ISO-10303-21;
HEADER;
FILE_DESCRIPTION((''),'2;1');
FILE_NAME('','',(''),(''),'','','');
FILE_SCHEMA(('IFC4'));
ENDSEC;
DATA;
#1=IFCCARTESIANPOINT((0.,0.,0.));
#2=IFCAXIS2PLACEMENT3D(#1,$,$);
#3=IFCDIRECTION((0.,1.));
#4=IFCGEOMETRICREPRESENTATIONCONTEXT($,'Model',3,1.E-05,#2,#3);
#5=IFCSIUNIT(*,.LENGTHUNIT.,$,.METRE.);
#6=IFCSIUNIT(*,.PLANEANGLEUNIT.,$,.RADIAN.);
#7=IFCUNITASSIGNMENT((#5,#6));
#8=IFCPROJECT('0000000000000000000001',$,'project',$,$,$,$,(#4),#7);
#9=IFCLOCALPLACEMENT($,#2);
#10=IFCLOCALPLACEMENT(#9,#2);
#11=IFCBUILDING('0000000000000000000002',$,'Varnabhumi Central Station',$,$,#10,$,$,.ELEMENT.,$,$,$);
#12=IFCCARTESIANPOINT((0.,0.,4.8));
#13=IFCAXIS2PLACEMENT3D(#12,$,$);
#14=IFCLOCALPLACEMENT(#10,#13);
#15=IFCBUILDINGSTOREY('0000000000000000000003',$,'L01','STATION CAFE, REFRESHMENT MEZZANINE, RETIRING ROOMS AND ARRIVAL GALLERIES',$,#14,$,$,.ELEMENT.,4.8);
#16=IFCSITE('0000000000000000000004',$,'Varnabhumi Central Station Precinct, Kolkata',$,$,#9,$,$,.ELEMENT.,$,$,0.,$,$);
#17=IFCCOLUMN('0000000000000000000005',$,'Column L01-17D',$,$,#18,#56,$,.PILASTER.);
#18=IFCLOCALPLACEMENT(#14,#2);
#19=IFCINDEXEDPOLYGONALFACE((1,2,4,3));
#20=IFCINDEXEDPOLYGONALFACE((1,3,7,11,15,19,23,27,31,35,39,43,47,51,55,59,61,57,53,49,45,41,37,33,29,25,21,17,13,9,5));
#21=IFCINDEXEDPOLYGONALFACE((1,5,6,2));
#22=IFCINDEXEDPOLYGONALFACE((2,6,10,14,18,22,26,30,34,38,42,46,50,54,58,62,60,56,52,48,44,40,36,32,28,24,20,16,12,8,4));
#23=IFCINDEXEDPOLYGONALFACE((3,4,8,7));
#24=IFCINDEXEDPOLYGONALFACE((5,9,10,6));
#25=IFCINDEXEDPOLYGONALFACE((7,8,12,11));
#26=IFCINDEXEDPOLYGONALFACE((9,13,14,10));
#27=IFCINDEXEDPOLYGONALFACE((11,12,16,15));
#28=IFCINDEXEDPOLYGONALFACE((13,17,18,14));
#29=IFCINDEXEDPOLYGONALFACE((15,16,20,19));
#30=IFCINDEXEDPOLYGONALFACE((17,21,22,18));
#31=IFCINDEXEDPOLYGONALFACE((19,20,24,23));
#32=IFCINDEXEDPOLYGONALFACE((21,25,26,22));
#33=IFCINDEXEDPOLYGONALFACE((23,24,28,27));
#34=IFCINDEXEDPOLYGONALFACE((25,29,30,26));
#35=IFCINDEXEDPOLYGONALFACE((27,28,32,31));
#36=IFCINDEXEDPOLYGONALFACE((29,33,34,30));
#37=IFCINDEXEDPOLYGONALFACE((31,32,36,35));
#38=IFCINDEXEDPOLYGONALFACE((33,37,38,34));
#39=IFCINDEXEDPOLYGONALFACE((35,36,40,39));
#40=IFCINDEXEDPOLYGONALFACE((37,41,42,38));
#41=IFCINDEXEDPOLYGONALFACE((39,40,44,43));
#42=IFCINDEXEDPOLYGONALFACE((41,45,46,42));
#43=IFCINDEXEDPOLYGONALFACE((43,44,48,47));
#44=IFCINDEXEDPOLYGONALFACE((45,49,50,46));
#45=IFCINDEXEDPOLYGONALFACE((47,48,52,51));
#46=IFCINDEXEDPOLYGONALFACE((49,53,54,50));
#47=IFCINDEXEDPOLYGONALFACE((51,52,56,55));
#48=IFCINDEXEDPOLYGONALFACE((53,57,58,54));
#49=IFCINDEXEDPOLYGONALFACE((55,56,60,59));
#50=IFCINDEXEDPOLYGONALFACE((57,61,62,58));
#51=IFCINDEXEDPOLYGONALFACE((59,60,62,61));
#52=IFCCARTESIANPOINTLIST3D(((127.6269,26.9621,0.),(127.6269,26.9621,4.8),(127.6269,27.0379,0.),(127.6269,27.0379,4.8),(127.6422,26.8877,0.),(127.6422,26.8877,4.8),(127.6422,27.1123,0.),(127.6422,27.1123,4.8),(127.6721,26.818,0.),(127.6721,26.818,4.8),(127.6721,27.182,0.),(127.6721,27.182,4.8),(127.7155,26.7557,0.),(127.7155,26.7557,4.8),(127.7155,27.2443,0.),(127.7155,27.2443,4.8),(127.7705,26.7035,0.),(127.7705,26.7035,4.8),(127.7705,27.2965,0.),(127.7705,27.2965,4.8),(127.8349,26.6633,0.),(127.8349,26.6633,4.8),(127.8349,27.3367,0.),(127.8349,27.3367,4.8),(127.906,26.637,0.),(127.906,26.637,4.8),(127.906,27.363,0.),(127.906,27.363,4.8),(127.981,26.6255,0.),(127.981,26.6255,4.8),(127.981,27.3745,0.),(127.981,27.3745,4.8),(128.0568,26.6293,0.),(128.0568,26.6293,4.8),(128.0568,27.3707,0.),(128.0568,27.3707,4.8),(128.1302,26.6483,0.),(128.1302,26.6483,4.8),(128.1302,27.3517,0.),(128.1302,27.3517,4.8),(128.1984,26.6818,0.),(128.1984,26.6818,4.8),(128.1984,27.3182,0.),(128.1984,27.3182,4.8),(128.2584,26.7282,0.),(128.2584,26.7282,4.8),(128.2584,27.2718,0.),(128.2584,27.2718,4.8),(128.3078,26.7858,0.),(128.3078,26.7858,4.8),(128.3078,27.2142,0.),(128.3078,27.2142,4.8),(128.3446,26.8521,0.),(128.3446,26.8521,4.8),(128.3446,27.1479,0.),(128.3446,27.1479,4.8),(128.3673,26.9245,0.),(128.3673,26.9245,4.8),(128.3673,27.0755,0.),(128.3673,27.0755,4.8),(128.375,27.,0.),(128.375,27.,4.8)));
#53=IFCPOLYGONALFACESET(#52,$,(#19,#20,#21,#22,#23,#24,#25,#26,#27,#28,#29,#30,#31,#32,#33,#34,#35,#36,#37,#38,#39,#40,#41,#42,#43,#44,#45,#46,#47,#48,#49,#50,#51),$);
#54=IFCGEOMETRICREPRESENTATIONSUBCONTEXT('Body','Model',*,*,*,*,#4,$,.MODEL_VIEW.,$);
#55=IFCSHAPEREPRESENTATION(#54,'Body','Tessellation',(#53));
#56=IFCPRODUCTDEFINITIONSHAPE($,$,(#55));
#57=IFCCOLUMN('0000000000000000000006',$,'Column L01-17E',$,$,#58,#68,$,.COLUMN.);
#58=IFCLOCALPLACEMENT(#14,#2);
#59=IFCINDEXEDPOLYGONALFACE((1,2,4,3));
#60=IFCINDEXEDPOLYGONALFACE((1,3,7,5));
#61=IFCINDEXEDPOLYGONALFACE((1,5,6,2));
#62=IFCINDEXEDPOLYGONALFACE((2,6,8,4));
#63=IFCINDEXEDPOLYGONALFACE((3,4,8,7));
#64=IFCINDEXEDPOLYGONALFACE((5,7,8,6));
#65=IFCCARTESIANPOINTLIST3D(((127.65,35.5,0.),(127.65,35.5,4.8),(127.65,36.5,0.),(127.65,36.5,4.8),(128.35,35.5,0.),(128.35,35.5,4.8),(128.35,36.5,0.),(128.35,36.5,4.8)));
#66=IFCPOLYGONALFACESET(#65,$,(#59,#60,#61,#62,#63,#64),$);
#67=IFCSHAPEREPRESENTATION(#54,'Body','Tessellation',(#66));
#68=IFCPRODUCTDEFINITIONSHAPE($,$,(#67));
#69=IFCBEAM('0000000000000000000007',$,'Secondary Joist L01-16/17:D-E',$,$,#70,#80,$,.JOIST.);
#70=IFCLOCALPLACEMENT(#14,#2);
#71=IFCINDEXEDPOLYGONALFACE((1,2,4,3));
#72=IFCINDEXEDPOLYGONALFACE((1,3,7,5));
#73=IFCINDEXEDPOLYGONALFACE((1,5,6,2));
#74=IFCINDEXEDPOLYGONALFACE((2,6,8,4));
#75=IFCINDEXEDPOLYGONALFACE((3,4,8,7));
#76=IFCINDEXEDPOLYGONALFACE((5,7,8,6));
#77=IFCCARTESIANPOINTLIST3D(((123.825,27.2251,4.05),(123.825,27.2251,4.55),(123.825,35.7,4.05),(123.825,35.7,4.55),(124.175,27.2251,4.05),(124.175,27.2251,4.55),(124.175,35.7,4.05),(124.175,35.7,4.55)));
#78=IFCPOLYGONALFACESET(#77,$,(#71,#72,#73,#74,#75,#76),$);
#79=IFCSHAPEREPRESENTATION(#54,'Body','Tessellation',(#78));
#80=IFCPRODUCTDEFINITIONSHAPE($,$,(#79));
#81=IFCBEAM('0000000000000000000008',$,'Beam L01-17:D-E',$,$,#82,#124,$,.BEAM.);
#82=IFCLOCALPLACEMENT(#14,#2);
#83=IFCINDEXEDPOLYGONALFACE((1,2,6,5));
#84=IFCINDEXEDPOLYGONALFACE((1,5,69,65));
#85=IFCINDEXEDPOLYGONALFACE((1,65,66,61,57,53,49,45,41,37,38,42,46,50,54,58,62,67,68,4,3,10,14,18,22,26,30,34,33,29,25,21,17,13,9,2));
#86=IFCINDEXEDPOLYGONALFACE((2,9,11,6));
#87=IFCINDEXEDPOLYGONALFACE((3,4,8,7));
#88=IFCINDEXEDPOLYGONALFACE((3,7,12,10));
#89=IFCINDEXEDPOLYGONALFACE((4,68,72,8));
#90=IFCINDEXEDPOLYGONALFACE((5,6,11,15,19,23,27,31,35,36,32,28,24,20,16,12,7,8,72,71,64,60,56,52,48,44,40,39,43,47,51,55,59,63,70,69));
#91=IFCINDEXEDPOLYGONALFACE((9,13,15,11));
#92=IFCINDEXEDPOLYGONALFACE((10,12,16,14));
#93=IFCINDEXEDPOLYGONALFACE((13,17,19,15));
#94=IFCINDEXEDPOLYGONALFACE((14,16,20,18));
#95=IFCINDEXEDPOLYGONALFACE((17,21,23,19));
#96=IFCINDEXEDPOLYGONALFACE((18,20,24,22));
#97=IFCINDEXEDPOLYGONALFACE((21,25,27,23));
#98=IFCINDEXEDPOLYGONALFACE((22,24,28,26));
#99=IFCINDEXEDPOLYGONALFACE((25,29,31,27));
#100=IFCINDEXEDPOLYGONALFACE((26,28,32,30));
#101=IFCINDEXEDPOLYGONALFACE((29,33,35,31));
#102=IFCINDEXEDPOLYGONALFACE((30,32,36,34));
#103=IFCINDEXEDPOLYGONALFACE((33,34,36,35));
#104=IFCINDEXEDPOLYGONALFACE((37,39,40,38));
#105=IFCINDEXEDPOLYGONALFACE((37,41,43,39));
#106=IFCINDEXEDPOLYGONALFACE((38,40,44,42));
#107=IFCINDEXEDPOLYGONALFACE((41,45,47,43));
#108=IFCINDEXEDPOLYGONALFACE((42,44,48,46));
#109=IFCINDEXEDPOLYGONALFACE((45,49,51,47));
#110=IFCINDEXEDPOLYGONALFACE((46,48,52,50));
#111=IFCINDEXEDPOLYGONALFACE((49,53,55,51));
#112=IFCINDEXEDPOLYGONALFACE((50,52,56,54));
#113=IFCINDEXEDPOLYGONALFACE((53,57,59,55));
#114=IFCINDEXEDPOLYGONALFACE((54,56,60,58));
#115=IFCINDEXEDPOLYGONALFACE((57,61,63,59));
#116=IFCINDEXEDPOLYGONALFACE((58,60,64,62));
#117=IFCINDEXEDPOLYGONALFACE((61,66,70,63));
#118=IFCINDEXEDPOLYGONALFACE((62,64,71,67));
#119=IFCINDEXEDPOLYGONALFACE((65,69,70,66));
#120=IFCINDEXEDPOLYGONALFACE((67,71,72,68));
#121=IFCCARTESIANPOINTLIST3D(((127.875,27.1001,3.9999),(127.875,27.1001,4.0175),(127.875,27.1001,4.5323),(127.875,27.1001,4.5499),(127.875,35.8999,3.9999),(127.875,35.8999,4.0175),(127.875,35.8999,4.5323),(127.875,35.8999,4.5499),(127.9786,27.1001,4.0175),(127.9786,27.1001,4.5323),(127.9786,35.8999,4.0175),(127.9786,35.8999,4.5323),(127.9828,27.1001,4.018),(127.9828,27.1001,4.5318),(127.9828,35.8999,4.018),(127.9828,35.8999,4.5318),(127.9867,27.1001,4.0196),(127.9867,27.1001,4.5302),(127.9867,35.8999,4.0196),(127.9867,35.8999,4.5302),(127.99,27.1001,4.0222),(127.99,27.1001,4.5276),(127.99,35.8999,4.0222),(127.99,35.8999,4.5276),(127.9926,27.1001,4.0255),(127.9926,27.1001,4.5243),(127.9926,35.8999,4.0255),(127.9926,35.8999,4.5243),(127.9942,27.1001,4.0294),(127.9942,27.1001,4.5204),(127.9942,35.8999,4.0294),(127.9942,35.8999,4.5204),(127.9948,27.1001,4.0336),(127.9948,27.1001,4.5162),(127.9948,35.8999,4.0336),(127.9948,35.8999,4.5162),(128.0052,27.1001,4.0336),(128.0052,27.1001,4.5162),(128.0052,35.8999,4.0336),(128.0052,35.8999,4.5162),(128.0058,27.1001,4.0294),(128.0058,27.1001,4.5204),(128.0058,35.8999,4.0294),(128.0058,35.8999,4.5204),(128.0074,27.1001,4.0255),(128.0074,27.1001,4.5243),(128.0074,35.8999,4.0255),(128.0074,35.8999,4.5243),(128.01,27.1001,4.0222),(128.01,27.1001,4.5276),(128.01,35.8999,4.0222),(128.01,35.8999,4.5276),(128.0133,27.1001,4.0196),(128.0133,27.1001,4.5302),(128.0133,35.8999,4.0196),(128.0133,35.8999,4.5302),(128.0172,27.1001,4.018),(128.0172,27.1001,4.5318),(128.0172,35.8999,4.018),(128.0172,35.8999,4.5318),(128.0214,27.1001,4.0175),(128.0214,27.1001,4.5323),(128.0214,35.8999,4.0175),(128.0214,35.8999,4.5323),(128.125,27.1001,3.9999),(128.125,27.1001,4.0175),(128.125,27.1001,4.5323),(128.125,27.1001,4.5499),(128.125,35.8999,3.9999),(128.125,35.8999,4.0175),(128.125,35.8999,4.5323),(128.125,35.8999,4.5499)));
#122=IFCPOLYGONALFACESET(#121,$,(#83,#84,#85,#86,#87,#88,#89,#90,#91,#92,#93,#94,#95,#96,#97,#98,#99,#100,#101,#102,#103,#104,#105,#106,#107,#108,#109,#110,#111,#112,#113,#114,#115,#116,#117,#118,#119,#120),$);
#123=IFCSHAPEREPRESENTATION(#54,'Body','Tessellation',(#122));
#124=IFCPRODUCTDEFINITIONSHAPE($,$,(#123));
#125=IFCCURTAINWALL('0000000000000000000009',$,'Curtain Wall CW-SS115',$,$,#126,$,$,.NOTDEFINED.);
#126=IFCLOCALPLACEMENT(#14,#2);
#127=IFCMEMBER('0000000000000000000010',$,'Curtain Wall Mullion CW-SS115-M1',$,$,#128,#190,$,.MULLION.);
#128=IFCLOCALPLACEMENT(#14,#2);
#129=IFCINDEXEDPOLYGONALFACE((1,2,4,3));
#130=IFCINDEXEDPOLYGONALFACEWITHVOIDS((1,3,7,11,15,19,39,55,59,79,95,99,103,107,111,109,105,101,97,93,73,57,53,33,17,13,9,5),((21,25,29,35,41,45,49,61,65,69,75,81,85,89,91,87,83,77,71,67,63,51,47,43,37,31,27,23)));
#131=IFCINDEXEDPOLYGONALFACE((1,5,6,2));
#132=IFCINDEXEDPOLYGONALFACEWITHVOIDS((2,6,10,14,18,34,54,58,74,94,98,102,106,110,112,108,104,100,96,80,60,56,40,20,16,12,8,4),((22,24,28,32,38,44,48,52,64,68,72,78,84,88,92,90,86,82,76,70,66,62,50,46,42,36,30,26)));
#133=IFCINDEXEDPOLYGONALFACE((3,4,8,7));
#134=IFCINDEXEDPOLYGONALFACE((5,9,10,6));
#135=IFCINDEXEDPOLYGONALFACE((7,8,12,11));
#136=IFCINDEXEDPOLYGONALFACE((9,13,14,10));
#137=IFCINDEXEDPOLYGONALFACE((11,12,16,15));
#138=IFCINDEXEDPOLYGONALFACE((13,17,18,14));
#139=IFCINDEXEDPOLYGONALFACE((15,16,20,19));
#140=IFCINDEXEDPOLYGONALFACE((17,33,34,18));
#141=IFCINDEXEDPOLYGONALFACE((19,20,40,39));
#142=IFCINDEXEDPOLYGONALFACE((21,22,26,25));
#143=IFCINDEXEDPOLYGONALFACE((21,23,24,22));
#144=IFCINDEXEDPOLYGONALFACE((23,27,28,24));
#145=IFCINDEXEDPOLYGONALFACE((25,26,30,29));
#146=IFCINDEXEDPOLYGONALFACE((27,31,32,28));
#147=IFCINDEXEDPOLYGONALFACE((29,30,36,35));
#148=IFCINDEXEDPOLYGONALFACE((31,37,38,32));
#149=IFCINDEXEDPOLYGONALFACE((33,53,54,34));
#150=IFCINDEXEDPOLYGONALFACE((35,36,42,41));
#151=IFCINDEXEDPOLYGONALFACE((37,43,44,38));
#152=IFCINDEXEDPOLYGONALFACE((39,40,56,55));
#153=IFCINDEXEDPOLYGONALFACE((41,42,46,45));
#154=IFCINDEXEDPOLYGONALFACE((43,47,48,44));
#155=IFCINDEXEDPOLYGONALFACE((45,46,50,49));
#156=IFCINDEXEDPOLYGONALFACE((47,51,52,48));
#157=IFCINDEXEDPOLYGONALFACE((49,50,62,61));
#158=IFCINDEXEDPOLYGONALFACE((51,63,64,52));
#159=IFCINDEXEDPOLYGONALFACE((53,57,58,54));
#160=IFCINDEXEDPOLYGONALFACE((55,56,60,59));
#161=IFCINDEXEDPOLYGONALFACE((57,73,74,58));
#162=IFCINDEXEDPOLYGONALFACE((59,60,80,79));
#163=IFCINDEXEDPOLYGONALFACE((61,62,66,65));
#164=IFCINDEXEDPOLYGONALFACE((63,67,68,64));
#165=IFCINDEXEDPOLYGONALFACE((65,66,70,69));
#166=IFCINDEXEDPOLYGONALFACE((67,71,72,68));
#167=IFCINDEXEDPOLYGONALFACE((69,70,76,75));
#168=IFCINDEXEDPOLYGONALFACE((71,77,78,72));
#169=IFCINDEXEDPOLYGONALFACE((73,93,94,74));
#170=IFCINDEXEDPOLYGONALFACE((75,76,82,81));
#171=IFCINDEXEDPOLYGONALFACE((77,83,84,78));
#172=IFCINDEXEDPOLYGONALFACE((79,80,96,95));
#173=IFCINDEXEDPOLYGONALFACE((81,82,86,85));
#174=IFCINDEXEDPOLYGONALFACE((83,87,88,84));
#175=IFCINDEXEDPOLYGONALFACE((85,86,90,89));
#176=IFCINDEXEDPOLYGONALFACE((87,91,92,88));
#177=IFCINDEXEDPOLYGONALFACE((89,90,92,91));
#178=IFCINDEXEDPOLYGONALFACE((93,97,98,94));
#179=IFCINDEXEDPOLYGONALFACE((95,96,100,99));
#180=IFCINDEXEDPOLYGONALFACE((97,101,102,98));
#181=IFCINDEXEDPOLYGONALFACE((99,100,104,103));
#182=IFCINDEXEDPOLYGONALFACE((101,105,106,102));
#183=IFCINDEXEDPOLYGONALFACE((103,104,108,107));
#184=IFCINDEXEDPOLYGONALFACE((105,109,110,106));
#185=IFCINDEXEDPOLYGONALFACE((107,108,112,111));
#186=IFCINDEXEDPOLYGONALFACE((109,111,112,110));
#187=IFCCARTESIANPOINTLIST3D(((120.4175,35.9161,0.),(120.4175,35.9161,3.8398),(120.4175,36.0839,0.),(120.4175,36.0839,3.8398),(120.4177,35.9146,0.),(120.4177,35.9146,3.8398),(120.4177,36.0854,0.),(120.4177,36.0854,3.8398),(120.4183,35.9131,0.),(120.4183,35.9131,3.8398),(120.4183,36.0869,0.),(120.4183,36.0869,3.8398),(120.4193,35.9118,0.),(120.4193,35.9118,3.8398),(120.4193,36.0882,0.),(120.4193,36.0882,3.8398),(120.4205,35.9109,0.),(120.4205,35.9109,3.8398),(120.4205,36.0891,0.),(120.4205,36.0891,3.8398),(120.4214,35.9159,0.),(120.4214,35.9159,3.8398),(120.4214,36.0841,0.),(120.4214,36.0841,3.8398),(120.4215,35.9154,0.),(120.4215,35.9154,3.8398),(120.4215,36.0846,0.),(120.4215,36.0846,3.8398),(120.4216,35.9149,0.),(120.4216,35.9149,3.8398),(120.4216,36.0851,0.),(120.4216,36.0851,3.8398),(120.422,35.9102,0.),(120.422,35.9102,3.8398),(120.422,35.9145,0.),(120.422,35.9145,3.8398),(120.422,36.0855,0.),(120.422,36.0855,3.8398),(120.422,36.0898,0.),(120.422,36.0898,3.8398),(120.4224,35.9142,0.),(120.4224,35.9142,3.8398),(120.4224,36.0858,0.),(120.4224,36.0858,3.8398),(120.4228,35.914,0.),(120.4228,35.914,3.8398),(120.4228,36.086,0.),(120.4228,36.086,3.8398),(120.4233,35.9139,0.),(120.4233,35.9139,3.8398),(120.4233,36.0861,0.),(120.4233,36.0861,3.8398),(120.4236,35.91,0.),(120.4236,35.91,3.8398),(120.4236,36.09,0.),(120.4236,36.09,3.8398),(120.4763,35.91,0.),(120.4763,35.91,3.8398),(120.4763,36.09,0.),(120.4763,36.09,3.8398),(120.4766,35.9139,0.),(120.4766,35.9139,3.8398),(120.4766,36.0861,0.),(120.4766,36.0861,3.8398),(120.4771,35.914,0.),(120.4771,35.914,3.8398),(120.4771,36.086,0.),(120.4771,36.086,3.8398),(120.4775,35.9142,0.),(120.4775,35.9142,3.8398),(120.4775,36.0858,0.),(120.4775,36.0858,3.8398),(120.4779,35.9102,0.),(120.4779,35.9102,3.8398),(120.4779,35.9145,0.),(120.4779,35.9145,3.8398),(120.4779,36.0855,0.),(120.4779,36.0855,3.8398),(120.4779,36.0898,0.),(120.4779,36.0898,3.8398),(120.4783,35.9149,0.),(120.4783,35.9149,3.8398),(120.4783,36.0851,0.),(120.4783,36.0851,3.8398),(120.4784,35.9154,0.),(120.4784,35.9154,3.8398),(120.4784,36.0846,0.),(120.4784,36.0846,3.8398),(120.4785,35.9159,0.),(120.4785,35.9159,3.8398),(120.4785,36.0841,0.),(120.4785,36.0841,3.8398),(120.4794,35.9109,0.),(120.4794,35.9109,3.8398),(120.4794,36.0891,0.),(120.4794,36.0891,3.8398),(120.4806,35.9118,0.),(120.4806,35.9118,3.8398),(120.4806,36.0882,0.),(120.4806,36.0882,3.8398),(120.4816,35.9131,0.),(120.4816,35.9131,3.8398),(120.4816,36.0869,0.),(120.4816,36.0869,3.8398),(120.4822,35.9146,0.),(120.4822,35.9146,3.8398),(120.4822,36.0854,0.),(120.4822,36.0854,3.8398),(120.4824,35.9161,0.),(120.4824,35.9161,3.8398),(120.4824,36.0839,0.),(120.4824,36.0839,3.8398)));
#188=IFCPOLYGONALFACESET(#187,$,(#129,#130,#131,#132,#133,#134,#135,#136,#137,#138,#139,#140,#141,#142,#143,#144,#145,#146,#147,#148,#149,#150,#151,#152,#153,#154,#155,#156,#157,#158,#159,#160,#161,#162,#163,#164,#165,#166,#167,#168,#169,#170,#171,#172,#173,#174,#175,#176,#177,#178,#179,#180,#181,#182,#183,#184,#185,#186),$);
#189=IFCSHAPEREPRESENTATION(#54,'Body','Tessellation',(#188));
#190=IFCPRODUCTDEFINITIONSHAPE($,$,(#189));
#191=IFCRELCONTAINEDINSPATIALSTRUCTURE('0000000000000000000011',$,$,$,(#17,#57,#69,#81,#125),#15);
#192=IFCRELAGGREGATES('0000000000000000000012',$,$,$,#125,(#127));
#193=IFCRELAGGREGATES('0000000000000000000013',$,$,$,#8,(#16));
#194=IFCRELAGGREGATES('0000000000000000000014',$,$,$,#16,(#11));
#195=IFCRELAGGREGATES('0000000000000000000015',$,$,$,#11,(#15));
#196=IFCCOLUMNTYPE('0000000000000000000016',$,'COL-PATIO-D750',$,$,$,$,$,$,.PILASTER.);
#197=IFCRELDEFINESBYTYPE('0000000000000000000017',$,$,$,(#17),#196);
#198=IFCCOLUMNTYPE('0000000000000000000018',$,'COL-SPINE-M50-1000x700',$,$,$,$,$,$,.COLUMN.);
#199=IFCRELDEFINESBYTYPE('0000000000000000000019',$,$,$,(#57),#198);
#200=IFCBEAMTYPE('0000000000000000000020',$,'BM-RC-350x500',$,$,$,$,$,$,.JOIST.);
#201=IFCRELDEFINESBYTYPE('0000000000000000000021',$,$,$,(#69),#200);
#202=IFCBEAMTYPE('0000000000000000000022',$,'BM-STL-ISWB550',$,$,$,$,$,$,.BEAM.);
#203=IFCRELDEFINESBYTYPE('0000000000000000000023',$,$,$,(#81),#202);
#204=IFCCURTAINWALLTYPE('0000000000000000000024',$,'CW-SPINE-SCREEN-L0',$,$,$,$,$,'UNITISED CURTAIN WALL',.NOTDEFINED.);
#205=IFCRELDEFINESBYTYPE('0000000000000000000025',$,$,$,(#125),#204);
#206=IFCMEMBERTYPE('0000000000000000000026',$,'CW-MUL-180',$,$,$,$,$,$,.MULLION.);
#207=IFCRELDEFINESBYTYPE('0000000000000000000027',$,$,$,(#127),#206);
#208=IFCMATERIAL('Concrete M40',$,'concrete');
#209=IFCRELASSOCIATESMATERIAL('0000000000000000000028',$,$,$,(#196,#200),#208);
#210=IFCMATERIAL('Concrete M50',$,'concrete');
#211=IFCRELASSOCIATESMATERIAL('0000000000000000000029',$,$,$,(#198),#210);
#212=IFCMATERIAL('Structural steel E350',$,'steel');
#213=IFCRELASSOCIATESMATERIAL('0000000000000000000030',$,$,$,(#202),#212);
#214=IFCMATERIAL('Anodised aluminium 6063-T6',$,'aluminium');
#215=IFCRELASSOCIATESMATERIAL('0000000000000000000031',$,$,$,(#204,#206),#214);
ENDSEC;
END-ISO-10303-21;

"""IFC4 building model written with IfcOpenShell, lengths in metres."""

from ifc_helpers import new_model, si_unit, direction, frame, origin, origin_2d, place, context, subcontext, project, spatial, rectangle, hollow_rectangle, circle, i_section, extrude, material, material_profile, profile_set, type_object, element, aggregate, save


model = new_model("IFC4")

# Units and contexts
model_context = context("Model", 3, precision=1e-05, world=origin(), true_north=direction((0.0, 1.0)))
body_context = subcontext(model_context, "Body", "Model", "MODEL_VIEW")
ifc_project = project(units=[si_unit("LENGTHUNIT", "METRE"), si_unit("PLANEANGLEUNIT", "RADIAN")], contexts=[model_context])

# Site, building, storey
site_placement = place(None, origin())
site = spatial("IfcSite", under=ifc_project, at=site_placement, Name="Varnabhumi Central Station Precinct, Kolkata", CompositionType="ELEMENT", RefElevation=0.0)
building_placement = place(site_placement, origin())
building = spatial("IfcBuilding", under=site, at=building_placement, Name="Varnabhumi Central Station", CompositionType="ELEMENT")
storey_placement = place(building_placement, frame((0.0, 0.0, 4.8)))
storey = spatial("IfcBuildingStorey", under=building, at=storey_placement, Name="L01", Description="STATION CAFE, REFRESHMENT MEZZANINE, RETIRING ROOMS AND ARRIVAL GALLERIES", CompositionType="ELEMENT", Elevation=4.8)

# Columns
ifc_material_1 = material(Name="Concrete M40", Category="concrete")
ifc_material_profile_1 = material_profile(ifc_material_1, circle(Radius=0.375, at=origin_2d()), Name="Concrete M40", Category="concrete")
ifc_profile_set_1 = profile_set([ifc_material_profile_1], Name="Concrete M40")
column_type_1 = type_object("IfcColumnType", Name="COL-PATIO-D750", PredefinedType="PILASTER", material=ifc_profile_set_1)
column_1_placement = place(storey_placement, frame((128.0, 27.0, 0.0), z_axis=(0.0, 0.0, 1.0), x_axis=(1.0, 0.0, 0.0)))
element("IfcColumn", 1, at=column_1_placement, inside=storey, type_object=column_type_1, Name="Column L01-17D", PredefinedType="PILASTER", context=body_context, shape_type="SweptSolid", body=[
    extrude(circle(Radius=0.375, at=origin_2d()), origin(), (0.0, 0.0, 1.0), 4.8),
])
ifc_material_2 = material(Name="Concrete M50", Category="concrete")
ifc_material_profile_2 = material_profile(ifc_material_2, rectangle(XDim=0.7, YDim=1.0, at=origin_2d()), Name="Concrete M50", Category="concrete")
ifc_profile_set_2 = profile_set([ifc_material_profile_2], Name="Concrete M50")
column_type_2 = type_object("IfcColumnType", Name="COL-SPINE-M50-1000x700", PredefinedType="COLUMN", material=ifc_profile_set_2)
column_2_placement = place(storey_placement, frame((128.0, 36.0, 0.0), z_axis=(0.0, 0.0, 1.0), x_axis=(1.0, 0.0, 0.0)))
element("IfcColumn", 2, at=column_2_placement, inside=storey, type_object=column_type_2, Name="Column L01-17E", PredefinedType="COLUMN", context=body_context, shape_type="SweptSolid", body=[
    extrude(rectangle(XDim=0.7, YDim=1.0, at=origin_2d()), origin(), (0.0, 0.0, 1.0), 4.8),
])

# Beams
ifc_material_profile_3 = material_profile(ifc_material_1, rectangle(XDim=0.3501, YDim=0.5, at=origin_2d()), Name="Concrete M40", Category="concrete")
ifc_profile_set_3 = profile_set([ifc_material_profile_3], Name="Concrete M40")
beam_type_1 = type_object("IfcBeamType", Name="BM-RC-350x500", PredefinedType="JOIST", material=ifc_profile_set_3)
beam_1_placement = place(storey_placement, frame((124.0, 27.2251, 4.3), z_axis=(0.0, 1.0, 0.0), x_axis=(-1.0, 0.0, 0.0)))
element("IfcBeam", 3, at=beam_1_placement, inside=storey, type_object=beam_type_1, Name="Secondary Joist L01-16/17:D-E", PredefinedType="JOIST", context=body_context, shape_type="SweptSolid", body=[
    extrude(rectangle(XDim=0.3501, YDim=0.5, at=origin_2d()), origin(), (0.0, 0.0, 1.0), 8.4749),
])
ifc_material_3 = material(Name="Structural steel E350", Category="steel")
ifc_material_profile_4 = material_profile(ifc_material_3, i_section(OverallWidth=0.25, OverallDepth=0.55, WebThickness=0.0105, FlangeThickness=0.0176, FilletRadius=0.0161, at=origin_2d()), Name="Structural steel E350", Category="steel")
ifc_profile_set_4 = profile_set([ifc_material_profile_4], Name="Structural steel E350")
beam_type_2 = type_object("IfcBeamType", Name="BM-STL-ISWB550", PredefinedType="BEAM", material=ifc_profile_set_4)
beam_2_placement = place(storey_placement, frame((128.0, 27.1001, 4.2749), z_axis=(0.0, 1.0, 0.0), x_axis=(-1.0, 0.0, 0.0)))
element("IfcBeam", 4, at=beam_2_placement, inside=storey, type_object=beam_type_2, Name="Beam L01-17:D-E", PredefinedType="BEAM", context=body_context, shape_type="SweptSolid", body=[
    extrude(i_section(OverallWidth=0.25, OverallDepth=0.55, WebThickness=0.0105, FlangeThickness=0.0176, FilletRadius=0.0161, at=origin_2d()), origin(), (0.0, 0.0, 1.0), 8.7998),
])

# Curtain wall, member
ifc_material_4 = material(Name="Anodised aluminium 6063-T6", Category="aluminium")
curtain_wall_type_1 = type_object("IfcCurtainWallType", Name="CW-SPINE-SCREEN-L0", ElementType="UNITISED CURTAIN WALL", PredefinedType="NOTDEFINED", material=ifc_material_4)
curtain_wall_1_placement = place(storey_placement, origin())
curtain_wall_1 = element("IfcCurtainWall", 5, at=curtain_wall_1_placement, inside=storey, type_object=curtain_wall_type_1, Name="Curtain Wall CW-SS115", PredefinedType="NOTDEFINED")
ifc_material_profile_5 = material_profile(ifc_material_4, hollow_rectangle(XDim=0.0649, YDim=0.1799, WallThickness=0.0039, InnerFilletRadius=0.002, OuterFilletRadius=0.0061, at=origin_2d()), Name="Anodised aluminium 6063-T6", Category="aluminium")
ifc_profile_set_5 = profile_set([ifc_material_profile_5], Name="Anodised aluminium 6063-T6")
member_type_1 = type_object("IfcMemberType", Name="CW-MUL-180", PredefinedType="MULLION", material=ifc_profile_set_5)
member_1_placement = place(storey_placement, frame((120.45, 36.0, 0.0), z_axis=(0.0, 0.0, 1.0), x_axis=(1.0, 0.0, 0.0)))
member_1 = element("IfcMember", 6, at=member_1_placement, type_object=member_type_1, Name="Curtain Wall Mullion CW-SS115-M1", PredefinedType="MULLION", context=body_context, shape_type="SweptSolid", body=[
    extrude(hollow_rectangle(XDim=0.0649, YDim=0.1799, WallThickness=0.0039, InnerFilletRadius=0.002, OuterFilletRadius=0.0061, at=origin_2d()), origin(), (0.0, 0.0, 1.0), 3.8398),
])

aggregate(curtain_wall_1, [member_1])

save(model, "model.ifc")
